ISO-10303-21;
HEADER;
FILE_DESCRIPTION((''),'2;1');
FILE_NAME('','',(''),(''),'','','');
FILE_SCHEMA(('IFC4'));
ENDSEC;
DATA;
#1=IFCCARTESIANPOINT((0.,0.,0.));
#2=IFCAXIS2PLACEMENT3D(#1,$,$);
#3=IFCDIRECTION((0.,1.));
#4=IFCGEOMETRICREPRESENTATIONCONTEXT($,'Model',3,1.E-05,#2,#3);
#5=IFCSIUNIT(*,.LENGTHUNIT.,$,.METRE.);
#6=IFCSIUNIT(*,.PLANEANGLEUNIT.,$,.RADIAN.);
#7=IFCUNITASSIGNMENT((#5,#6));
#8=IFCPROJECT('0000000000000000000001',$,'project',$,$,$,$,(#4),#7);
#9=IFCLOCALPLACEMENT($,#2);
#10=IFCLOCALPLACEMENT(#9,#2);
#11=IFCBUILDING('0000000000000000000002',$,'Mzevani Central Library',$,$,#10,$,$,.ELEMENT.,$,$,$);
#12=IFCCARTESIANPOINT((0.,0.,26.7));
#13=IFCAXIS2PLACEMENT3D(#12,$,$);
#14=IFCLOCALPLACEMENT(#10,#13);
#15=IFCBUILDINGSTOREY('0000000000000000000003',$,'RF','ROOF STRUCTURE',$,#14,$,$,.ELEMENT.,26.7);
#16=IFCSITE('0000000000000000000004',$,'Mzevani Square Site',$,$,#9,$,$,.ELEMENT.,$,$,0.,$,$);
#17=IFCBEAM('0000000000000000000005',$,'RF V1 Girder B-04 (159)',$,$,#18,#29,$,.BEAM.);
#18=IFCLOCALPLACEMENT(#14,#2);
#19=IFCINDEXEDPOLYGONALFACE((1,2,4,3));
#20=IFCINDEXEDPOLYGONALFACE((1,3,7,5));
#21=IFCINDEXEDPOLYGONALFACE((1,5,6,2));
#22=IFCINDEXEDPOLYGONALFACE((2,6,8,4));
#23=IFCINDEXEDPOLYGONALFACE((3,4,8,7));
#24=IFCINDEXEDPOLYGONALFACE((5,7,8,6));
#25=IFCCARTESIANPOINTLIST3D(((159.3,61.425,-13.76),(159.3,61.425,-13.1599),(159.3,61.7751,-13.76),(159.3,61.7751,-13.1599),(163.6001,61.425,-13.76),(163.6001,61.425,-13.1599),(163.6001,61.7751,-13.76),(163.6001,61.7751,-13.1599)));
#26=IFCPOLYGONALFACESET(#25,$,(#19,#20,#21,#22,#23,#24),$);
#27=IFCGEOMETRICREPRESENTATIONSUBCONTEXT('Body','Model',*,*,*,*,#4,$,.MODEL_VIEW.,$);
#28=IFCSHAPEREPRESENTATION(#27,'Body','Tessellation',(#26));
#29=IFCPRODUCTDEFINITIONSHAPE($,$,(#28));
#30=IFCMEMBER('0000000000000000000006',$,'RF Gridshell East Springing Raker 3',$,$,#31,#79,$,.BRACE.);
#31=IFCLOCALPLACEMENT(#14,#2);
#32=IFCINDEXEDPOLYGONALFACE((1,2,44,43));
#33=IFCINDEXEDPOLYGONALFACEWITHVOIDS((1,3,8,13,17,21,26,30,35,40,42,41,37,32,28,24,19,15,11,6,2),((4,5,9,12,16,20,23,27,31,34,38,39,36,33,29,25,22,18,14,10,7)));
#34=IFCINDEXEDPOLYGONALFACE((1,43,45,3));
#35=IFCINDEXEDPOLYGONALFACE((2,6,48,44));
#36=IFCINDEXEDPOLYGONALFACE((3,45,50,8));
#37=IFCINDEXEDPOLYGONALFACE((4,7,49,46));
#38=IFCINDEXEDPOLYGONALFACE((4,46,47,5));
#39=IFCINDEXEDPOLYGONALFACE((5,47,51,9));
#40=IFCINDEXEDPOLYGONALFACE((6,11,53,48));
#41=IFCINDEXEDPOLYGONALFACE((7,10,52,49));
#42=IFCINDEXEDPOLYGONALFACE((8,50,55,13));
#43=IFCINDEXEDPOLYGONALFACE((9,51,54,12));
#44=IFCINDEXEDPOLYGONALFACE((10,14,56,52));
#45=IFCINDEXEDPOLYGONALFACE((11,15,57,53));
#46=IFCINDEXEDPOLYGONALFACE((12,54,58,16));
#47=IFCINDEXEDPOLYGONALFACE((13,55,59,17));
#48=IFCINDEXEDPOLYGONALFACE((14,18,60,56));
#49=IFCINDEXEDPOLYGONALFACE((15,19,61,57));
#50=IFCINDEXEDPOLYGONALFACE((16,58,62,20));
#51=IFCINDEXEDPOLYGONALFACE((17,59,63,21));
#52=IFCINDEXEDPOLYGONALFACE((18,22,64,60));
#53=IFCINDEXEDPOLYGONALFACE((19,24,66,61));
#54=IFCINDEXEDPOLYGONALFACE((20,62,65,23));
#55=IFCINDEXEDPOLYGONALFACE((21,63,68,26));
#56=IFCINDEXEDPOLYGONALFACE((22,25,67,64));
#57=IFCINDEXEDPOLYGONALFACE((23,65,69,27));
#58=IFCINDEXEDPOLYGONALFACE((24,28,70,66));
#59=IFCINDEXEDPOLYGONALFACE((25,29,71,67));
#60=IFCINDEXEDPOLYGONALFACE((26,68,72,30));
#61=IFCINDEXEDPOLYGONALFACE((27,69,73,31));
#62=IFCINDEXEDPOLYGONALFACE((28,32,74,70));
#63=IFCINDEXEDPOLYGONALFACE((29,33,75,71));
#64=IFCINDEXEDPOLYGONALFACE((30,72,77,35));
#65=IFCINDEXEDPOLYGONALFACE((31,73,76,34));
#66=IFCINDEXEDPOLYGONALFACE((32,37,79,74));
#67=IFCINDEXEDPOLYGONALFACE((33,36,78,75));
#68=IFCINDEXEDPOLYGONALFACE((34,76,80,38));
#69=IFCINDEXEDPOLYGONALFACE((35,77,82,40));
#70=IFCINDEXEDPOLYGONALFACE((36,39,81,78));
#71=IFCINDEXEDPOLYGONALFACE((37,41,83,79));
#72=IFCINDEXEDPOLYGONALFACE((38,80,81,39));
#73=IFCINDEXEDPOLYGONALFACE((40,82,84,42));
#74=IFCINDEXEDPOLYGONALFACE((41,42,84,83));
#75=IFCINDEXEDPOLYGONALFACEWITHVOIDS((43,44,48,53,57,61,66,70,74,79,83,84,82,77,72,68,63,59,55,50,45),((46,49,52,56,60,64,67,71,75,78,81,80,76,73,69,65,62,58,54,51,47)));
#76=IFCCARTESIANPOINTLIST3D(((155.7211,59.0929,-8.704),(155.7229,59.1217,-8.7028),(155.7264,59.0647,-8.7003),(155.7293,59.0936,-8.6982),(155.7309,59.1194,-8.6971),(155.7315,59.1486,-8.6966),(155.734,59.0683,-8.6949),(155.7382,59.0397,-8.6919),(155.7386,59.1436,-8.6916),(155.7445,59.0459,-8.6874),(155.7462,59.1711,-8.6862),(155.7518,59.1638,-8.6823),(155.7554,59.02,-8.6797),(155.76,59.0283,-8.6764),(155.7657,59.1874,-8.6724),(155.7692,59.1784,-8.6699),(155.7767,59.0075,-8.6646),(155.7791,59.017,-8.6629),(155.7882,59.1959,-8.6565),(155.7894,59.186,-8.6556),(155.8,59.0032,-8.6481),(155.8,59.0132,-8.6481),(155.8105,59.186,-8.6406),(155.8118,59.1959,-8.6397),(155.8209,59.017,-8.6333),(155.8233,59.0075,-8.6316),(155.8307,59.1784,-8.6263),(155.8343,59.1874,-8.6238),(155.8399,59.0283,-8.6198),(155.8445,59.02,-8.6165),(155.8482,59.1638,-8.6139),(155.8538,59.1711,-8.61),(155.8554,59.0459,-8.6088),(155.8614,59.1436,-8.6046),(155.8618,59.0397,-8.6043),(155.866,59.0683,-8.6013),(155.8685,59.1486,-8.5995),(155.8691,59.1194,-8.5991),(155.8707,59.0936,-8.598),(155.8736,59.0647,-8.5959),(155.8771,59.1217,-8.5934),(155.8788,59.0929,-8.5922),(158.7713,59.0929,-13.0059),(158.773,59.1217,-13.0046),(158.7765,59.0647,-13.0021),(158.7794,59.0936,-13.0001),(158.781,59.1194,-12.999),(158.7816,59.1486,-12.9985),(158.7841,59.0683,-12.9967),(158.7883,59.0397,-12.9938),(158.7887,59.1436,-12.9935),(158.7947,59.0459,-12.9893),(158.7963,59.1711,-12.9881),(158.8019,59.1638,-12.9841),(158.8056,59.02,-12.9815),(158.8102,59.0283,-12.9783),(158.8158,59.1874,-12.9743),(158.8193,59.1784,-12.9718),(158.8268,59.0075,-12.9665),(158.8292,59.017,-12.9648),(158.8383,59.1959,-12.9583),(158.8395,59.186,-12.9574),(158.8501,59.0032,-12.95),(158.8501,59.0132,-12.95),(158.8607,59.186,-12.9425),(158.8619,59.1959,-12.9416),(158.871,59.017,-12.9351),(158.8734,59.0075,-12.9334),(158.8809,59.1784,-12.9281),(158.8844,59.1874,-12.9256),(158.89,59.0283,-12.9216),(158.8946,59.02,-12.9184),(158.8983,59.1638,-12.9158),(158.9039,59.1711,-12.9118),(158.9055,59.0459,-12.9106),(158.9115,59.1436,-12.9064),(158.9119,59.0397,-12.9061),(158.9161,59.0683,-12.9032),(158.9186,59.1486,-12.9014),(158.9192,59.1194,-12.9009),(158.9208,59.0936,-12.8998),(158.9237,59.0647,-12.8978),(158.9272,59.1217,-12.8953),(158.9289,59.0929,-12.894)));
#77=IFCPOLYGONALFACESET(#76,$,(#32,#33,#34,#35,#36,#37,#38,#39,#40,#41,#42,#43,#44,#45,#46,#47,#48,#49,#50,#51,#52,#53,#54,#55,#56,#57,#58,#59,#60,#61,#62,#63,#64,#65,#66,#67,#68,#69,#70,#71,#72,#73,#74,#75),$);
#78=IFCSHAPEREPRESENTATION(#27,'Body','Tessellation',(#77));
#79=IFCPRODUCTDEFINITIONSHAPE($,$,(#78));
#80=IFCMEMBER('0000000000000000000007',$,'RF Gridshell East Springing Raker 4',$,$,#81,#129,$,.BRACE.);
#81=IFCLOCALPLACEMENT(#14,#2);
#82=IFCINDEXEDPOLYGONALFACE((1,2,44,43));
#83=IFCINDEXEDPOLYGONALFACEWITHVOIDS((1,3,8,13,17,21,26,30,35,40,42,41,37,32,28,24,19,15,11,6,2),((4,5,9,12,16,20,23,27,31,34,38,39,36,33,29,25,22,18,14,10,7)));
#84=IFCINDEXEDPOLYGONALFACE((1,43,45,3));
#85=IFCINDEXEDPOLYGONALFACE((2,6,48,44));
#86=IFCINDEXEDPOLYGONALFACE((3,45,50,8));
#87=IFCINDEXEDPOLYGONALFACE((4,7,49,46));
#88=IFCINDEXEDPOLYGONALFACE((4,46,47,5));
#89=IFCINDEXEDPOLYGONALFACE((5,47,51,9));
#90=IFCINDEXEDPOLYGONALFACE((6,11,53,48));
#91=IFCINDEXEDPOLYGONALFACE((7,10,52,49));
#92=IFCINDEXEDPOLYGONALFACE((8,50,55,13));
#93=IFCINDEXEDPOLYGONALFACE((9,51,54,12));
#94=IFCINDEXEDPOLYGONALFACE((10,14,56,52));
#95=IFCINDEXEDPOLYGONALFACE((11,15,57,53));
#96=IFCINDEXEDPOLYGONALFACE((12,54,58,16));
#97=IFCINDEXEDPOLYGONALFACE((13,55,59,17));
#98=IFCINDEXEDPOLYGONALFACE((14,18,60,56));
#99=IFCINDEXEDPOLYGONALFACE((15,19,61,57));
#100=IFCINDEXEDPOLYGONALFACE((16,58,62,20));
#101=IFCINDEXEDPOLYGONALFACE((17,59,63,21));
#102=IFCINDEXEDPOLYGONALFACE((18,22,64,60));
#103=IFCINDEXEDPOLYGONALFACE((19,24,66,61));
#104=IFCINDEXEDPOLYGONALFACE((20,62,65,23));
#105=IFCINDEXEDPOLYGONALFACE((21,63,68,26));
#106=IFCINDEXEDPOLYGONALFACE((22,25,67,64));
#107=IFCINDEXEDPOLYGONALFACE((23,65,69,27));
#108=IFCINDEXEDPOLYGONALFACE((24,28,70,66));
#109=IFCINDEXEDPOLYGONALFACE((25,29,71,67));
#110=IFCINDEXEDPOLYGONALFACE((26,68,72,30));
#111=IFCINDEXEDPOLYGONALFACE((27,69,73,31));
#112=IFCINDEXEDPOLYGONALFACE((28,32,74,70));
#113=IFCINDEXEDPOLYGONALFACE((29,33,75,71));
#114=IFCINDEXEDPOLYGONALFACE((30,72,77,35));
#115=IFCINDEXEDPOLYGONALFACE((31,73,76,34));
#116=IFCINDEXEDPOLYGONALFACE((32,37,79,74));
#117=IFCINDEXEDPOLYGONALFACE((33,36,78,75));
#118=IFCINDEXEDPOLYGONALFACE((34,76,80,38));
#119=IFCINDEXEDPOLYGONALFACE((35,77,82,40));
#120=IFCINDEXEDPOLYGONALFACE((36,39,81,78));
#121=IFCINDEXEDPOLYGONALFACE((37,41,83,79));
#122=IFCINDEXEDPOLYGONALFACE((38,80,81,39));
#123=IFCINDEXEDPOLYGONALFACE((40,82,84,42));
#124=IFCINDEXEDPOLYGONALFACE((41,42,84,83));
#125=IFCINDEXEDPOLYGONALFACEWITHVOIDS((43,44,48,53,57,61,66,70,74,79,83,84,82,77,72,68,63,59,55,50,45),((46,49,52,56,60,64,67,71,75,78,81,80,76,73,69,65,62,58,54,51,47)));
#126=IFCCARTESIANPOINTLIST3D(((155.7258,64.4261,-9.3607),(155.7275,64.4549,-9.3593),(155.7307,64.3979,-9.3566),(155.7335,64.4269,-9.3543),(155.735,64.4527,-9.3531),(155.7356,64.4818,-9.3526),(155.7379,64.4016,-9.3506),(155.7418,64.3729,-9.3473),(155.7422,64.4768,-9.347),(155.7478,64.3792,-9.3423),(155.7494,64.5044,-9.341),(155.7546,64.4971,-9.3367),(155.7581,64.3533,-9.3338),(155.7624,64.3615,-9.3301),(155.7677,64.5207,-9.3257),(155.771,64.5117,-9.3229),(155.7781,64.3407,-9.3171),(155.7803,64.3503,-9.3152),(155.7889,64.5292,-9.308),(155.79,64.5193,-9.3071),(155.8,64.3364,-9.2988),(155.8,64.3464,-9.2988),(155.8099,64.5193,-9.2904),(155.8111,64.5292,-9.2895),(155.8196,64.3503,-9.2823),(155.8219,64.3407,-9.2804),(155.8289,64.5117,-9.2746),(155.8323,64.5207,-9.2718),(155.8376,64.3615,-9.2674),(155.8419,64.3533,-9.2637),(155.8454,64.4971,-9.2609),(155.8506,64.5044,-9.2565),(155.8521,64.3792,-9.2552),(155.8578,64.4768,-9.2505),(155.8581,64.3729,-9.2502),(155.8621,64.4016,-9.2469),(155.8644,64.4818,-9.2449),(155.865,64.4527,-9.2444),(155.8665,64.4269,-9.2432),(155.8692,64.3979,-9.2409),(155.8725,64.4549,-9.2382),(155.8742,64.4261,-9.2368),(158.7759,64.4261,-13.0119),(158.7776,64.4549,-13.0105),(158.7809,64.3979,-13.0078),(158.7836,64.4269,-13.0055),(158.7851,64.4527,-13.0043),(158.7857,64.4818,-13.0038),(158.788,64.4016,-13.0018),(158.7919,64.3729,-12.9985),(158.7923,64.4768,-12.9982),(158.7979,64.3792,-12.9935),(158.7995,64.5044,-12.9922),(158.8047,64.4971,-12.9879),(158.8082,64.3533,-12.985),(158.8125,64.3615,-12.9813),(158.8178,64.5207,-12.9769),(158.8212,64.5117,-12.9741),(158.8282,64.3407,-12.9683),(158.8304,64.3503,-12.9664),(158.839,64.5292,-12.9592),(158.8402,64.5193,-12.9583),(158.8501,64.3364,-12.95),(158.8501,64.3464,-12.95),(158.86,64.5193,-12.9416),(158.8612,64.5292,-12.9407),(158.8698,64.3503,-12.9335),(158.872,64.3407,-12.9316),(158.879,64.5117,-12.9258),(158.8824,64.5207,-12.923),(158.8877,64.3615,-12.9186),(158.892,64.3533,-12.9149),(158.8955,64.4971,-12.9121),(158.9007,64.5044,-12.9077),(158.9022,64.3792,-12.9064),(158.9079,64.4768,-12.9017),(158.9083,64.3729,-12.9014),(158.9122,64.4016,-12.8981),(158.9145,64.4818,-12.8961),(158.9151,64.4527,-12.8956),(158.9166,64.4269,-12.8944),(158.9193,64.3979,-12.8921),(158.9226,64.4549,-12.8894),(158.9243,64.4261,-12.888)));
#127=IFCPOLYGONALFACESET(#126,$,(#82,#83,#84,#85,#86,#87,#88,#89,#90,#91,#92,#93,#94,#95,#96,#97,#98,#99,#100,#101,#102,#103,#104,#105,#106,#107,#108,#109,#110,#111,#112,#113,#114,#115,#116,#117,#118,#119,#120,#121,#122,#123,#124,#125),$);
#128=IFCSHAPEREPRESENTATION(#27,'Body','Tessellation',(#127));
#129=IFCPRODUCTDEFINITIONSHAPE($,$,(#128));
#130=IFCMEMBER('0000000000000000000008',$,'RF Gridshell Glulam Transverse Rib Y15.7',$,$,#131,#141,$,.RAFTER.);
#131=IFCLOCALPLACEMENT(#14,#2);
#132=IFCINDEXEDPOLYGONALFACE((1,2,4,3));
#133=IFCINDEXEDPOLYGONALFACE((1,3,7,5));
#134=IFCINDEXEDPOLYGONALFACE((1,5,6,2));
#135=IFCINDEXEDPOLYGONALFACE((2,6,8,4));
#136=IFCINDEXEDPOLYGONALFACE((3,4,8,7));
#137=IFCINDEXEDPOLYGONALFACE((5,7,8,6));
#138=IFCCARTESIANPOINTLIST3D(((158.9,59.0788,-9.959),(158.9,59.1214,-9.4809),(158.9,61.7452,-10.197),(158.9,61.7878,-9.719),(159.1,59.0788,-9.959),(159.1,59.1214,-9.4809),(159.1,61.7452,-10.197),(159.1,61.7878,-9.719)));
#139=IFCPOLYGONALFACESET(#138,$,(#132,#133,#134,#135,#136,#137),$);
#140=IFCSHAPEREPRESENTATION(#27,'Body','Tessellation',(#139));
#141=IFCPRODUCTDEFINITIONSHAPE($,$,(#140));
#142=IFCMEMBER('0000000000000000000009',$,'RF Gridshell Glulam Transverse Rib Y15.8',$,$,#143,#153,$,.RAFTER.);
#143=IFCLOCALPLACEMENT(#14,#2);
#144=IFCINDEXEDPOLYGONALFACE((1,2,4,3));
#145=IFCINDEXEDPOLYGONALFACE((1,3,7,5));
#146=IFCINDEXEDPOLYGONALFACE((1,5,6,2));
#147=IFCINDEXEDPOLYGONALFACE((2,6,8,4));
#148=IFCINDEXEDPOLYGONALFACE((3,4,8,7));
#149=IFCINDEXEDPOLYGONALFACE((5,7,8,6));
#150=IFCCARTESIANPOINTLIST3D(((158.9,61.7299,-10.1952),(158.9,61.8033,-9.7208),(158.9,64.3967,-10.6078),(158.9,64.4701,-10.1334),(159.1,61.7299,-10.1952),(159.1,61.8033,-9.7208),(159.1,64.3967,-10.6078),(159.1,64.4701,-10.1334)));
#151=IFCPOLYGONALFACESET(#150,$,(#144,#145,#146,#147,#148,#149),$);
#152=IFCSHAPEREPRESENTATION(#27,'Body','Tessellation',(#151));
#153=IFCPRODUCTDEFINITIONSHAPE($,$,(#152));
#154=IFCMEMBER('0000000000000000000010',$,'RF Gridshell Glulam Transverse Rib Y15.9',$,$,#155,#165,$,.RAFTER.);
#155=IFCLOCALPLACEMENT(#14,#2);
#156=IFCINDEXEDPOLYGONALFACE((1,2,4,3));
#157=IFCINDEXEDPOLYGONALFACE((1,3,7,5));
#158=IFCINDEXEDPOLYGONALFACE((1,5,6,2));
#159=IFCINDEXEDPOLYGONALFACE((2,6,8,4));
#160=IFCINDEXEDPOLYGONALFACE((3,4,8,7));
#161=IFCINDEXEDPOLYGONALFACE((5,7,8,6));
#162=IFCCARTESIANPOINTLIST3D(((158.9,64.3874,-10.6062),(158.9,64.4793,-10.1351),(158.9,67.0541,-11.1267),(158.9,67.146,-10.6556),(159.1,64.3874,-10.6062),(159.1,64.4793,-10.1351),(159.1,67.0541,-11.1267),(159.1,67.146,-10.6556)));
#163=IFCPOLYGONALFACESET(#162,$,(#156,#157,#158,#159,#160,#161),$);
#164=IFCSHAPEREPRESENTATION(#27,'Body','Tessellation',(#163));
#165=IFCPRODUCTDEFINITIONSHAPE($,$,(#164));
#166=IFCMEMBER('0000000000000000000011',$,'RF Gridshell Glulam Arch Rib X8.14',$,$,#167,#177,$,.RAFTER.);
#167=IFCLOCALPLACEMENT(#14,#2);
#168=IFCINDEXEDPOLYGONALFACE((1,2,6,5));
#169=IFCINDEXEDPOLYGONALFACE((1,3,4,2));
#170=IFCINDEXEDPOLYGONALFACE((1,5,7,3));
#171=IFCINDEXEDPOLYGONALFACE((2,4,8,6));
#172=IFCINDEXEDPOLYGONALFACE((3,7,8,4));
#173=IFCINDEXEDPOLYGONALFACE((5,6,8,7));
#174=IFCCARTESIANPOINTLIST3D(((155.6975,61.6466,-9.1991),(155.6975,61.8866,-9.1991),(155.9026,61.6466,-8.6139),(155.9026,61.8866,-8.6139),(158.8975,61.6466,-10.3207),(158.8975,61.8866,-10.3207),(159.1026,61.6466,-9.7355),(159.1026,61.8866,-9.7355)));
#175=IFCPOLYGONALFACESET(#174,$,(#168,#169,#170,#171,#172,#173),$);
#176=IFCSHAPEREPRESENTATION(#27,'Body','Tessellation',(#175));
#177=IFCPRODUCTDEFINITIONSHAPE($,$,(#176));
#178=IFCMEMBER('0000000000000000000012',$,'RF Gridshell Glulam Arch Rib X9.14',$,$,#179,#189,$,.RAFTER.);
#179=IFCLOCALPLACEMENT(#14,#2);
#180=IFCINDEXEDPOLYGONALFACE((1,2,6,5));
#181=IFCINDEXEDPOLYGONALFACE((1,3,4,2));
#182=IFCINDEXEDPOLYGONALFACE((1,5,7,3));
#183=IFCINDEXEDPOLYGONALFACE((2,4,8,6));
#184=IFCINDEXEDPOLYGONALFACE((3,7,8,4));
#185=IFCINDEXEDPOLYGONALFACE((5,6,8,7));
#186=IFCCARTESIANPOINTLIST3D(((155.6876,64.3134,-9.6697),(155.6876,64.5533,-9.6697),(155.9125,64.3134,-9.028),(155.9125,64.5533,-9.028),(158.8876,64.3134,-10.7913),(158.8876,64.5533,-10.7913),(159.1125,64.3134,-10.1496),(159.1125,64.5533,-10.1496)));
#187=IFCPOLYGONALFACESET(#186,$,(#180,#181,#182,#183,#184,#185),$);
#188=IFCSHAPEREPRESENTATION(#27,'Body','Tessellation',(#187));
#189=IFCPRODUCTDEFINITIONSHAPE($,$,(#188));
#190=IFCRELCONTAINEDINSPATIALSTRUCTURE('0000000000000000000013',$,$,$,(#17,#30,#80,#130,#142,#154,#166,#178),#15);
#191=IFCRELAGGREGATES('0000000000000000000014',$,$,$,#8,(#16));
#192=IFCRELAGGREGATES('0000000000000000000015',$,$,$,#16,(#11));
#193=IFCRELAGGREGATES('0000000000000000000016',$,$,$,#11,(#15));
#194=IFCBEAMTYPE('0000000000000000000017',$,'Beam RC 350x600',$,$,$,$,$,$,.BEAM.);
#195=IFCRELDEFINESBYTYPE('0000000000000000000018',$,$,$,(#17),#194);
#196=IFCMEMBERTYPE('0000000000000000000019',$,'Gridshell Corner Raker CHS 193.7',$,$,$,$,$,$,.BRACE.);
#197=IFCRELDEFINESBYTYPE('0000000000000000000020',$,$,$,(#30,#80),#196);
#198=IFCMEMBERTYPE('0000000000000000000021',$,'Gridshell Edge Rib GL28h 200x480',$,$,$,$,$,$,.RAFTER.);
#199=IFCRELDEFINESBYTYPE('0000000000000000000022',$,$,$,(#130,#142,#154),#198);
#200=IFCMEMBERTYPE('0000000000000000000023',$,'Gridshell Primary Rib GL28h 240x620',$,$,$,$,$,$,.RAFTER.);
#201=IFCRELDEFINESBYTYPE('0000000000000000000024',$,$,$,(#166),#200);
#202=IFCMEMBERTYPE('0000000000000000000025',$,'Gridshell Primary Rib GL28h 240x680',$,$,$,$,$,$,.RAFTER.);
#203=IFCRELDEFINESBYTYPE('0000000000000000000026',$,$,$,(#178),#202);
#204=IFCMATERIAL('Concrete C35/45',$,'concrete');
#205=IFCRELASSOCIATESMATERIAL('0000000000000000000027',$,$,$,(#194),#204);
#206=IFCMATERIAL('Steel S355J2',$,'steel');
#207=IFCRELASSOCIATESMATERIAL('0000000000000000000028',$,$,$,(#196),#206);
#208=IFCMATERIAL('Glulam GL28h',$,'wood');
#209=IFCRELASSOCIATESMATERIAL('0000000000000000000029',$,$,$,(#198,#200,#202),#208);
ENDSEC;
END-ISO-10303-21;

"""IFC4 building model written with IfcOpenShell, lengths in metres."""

from ifc_helpers import new_model, si_unit, direction, frame, origin, origin_2d, place, context, subcontext, project, spatial, rectangle, hollow_circle, extrude, material, material_profile, profile_set, type_object, element, save


model = new_model("IFC4")

# Units and contexts
model_context = context("Model", 3, precision=1e-05, world=origin(), true_north=direction((0.0, 1.0)))
body_context = subcontext(model_context, "Body", "Model", "MODEL_VIEW")
ifc_project = project(units=[si_unit("LENGTHUNIT", "METRE"), si_unit("PLANEANGLEUNIT", "RADIAN")], contexts=[model_context])

# Site, building, storey
site_placement = place(None, origin())
site = spatial("IfcSite", under=ifc_project, at=site_placement, Name="Mzevani Square Site", CompositionType="ELEMENT", RefElevation=0.0)
building_placement = place(site_placement, origin())
building = spatial("IfcBuilding", under=site, at=building_placement, Name="Mzevani Central Library", CompositionType="ELEMENT")
storey_placement = place(building_placement, frame((0.0, 0.0, 26.7)))
storey = spatial("IfcBuildingStorey", under=building, at=storey_placement, Name="RF", Description="ROOF STRUCTURE", CompositionType="ELEMENT", Elevation=26.7)

# Beam
ifc_material_1 = material(Name="Concrete C35/45", Category="concrete")
ifc_material_profile_1 = material_profile(ifc_material_1, rectangle(XDim=0.3501, YDim=0.6001, at=origin_2d()), Name="RC B350x600")
ifc_profile_set_1 = profile_set([ifc_material_profile_1], Name="Concrete C35/45")
beam_type_1 = type_object("IfcBeamType", Name="Beam RC 350x600", PredefinedType="BEAM", material=ifc_profile_set_1)
beam_placement = place(storey_placement, frame((159.3, 61.6001, -13.46), z_axis=(1.0, 0.0, 0.0), x_axis=(0.0, 1.0, 0.0)))
element("IfcBeam", 1, at=beam_placement, inside=storey, type_object=beam_type_1, Name="RF V1 Girder B-04 (159)", PredefinedType="BEAM", context=body_context, shape_type="SweptSolid", body=[
    extrude(rectangle(XDim=0.3501, YDim=0.6001, at=origin_2d()), origin(), (0.0, 0.0, 1.0), 4.3),
])

# Members
ifc_material_2 = material(Name="Steel S355J2", Category="steel")
ifc_material_profile_2 = material_profile(ifc_material_2, hollow_circle(Radius=0.0969, WallThickness=0.01, at=origin_2d()), Name="CHS 193.7x10.0")
ifc_profile_set_2 = profile_set([ifc_material_profile_2], Name="Steel S355J2")
member_type_1 = type_object("IfcMemberType", Name="Gridshell Corner Raker CHS 193.7", PredefinedType="BRACE", material=ifc_profile_set_2)
member_1_placement = place(storey_placement, frame((158.8501, 59.1001, -12.95), z_axis=(-0.578392, 0.0, 0.815759), x_axis=(0.0, -1.0, 0.0)))
element("IfcMember", 2, at=member_1_placement, inside=storey, type_object=member_type_1, Name="RF Gridshell East Springing Raker 3", PredefinedType="BRACE", context=body_context, shape_type="SweptSolid", body=[
    extrude(hollow_circle(Radius=0.0969, WallThickness=0.01, at=origin_2d()), origin(), (0.0, 0.0, 1.0), 5.2734),
])
member_2_placement = place(storey_placement, frame((158.8501, 64.4333, -12.95), z_axis=(-0.641108, 0.0, 0.767451), x_axis=(0.0, -1.0, 0.0)))
element("IfcMember", 3, at=member_2_placement, inside=storey, type_object=member_type_1, Name="RF Gridshell East Springing Raker 4", PredefinedType="BRACE", context=body_context, shape_type="SweptSolid", body=[
    extrude(hollow_circle(Radius=0.0969, WallThickness=0.01, at=origin_2d()), origin(), (0.0, 0.0, 1.0), 4.7576),
])
ifc_material_3 = material(Name="Glulam GL28h", Category="wood")
ifc_material_profile_3 = material_profile(ifc_material_3, rectangle(XDim=0.2, YDim=0.48, at=origin_2d()), Name="GL28h 200x480")
ifc_profile_set_3 = profile_set([ifc_material_profile_3], Name="Glulam GL28h")
member_type_2 = type_object("IfcMemberType", Name="Gridshell Edge Rib GL28h 200x480", PredefinedType="RAFTER", material=ifc_profile_set_3)
member_3_placement = place(storey_placement, frame((159.0, 59.1001, -9.72), z_axis=(0.0, 0.996039, -0.088916), x_axis=(-1.0, 0.0, 0.0)))
element("IfcMember", 4, at=member_3_placement, inside=storey, type_object=member_type_2, Name="RF Gridshell Glulam Transverse Rib Y15.7", PredefinedType="RAFTER", context=body_context, shape_type="SweptSolid", body=[
    extrude(rectangle(XDim=0.2, YDim=0.48, at=origin_2d()), origin(), (0.0, 0.0, 1.0), 2.677),
])
member_4_placement = place(storey_placement, frame((159.0, 61.7666, -9.958), z_axis=(0.0, 0.988242, -0.1529), x_axis=(-1.0, 0.0, 0.0)))
element("IfcMember", 5, at=member_4_placement, inside=storey, type_object=member_type_2, Name="RF Gridshell Glulam Transverse Rib Y15.8", PredefinedType="RAFTER", context=body_context, shape_type="SweptSolid", body=[
    extrude(rectangle(XDim=0.2, YDim=0.48, at=origin_2d()), origin(), (0.0, 0.0, 1.0), 2.6985),
])
member_5_placement = place(storey_placement, frame((159.0, 64.4333, -10.3706), z_axis=(0.0, 0.981479, -0.191569), x_axis=(-1.0, 0.0, 0.0)))
element("IfcMember", 6, at=member_5_placement, inside=storey, type_object=member_type_2, Name="RF Gridshell Glulam Transverse Rib Y15.9", PredefinedType="RAFTER", context=body_context, shape_type="SweptSolid", body=[
    extrude(rectangle(XDim=0.2, YDim=0.48, at=origin_2d()), origin(), (0.0, 0.0, 1.0), 2.717),
])
ifc_material_profile_4 = material_profile(ifc_material_3, rectangle(XDim=0.24, YDim=0.6201, at=origin_2d()), Name="GL28h 240x620")
ifc_profile_set_4 = profile_set([ifc_material_profile_4], Name="Glulam GL28h")
member_type_3 = type_object("IfcMemberType", Name="Gridshell Primary Rib GL28h 240x620", PredefinedType="RAFTER", material=ifc_profile_set_4)
member_6_placement = place(storey_placement, frame((155.8, 61.7666, -8.9065), z_axis=(0.943711, 0.0, -0.330771), x_axis=(0.0, 1.0, 0.0)))
element("IfcMember", 7, at=member_6_placement, inside=storey, type_object=member_type_3, Name="RF Gridshell Glulam Arch Rib X8.14", PredefinedType="RAFTER", context=body_context, shape_type="SweptSolid", body=[
    extrude(rectangle(XDim=0.24, YDim=0.6201, at=origin_2d()), origin(), (0.0, 0.0, 1.0), 3.3909),
])
ifc_material_profile_5 = material_profile(ifc_material_3, rectangle(XDim=0.24, YDim=0.6799, at=origin_2d()), Name="GL28h 240x680")
ifc_profile_set_5 = profile_set([ifc_material_profile_5], Name="Glulam GL28h")
member_type_4 = type_object("IfcMemberType", Name="Gridshell Primary Rib GL28h 240x680", PredefinedType="RAFTER", material=ifc_profile_set_5)
member_7_placement = place(storey_placement, frame((155.8, 64.4333, -9.3489), z_axis=(0.943711, 0.0, -0.330771), x_axis=(0.0, 1.0, 0.0)))
element("IfcMember", 8, at=member_7_placement, inside=storey, type_object=member_type_4, Name="RF Gridshell Glulam Arch Rib X9.14", PredefinedType="RAFTER", context=body_context, shape_type="SweptSolid", body=[
    extrude(rectangle(XDim=0.24, YDim=0.6799, at=origin_2d()), origin(), (0.0, 0.0, 1.0), 3.3909),
])

save(model, "model.ifc")
